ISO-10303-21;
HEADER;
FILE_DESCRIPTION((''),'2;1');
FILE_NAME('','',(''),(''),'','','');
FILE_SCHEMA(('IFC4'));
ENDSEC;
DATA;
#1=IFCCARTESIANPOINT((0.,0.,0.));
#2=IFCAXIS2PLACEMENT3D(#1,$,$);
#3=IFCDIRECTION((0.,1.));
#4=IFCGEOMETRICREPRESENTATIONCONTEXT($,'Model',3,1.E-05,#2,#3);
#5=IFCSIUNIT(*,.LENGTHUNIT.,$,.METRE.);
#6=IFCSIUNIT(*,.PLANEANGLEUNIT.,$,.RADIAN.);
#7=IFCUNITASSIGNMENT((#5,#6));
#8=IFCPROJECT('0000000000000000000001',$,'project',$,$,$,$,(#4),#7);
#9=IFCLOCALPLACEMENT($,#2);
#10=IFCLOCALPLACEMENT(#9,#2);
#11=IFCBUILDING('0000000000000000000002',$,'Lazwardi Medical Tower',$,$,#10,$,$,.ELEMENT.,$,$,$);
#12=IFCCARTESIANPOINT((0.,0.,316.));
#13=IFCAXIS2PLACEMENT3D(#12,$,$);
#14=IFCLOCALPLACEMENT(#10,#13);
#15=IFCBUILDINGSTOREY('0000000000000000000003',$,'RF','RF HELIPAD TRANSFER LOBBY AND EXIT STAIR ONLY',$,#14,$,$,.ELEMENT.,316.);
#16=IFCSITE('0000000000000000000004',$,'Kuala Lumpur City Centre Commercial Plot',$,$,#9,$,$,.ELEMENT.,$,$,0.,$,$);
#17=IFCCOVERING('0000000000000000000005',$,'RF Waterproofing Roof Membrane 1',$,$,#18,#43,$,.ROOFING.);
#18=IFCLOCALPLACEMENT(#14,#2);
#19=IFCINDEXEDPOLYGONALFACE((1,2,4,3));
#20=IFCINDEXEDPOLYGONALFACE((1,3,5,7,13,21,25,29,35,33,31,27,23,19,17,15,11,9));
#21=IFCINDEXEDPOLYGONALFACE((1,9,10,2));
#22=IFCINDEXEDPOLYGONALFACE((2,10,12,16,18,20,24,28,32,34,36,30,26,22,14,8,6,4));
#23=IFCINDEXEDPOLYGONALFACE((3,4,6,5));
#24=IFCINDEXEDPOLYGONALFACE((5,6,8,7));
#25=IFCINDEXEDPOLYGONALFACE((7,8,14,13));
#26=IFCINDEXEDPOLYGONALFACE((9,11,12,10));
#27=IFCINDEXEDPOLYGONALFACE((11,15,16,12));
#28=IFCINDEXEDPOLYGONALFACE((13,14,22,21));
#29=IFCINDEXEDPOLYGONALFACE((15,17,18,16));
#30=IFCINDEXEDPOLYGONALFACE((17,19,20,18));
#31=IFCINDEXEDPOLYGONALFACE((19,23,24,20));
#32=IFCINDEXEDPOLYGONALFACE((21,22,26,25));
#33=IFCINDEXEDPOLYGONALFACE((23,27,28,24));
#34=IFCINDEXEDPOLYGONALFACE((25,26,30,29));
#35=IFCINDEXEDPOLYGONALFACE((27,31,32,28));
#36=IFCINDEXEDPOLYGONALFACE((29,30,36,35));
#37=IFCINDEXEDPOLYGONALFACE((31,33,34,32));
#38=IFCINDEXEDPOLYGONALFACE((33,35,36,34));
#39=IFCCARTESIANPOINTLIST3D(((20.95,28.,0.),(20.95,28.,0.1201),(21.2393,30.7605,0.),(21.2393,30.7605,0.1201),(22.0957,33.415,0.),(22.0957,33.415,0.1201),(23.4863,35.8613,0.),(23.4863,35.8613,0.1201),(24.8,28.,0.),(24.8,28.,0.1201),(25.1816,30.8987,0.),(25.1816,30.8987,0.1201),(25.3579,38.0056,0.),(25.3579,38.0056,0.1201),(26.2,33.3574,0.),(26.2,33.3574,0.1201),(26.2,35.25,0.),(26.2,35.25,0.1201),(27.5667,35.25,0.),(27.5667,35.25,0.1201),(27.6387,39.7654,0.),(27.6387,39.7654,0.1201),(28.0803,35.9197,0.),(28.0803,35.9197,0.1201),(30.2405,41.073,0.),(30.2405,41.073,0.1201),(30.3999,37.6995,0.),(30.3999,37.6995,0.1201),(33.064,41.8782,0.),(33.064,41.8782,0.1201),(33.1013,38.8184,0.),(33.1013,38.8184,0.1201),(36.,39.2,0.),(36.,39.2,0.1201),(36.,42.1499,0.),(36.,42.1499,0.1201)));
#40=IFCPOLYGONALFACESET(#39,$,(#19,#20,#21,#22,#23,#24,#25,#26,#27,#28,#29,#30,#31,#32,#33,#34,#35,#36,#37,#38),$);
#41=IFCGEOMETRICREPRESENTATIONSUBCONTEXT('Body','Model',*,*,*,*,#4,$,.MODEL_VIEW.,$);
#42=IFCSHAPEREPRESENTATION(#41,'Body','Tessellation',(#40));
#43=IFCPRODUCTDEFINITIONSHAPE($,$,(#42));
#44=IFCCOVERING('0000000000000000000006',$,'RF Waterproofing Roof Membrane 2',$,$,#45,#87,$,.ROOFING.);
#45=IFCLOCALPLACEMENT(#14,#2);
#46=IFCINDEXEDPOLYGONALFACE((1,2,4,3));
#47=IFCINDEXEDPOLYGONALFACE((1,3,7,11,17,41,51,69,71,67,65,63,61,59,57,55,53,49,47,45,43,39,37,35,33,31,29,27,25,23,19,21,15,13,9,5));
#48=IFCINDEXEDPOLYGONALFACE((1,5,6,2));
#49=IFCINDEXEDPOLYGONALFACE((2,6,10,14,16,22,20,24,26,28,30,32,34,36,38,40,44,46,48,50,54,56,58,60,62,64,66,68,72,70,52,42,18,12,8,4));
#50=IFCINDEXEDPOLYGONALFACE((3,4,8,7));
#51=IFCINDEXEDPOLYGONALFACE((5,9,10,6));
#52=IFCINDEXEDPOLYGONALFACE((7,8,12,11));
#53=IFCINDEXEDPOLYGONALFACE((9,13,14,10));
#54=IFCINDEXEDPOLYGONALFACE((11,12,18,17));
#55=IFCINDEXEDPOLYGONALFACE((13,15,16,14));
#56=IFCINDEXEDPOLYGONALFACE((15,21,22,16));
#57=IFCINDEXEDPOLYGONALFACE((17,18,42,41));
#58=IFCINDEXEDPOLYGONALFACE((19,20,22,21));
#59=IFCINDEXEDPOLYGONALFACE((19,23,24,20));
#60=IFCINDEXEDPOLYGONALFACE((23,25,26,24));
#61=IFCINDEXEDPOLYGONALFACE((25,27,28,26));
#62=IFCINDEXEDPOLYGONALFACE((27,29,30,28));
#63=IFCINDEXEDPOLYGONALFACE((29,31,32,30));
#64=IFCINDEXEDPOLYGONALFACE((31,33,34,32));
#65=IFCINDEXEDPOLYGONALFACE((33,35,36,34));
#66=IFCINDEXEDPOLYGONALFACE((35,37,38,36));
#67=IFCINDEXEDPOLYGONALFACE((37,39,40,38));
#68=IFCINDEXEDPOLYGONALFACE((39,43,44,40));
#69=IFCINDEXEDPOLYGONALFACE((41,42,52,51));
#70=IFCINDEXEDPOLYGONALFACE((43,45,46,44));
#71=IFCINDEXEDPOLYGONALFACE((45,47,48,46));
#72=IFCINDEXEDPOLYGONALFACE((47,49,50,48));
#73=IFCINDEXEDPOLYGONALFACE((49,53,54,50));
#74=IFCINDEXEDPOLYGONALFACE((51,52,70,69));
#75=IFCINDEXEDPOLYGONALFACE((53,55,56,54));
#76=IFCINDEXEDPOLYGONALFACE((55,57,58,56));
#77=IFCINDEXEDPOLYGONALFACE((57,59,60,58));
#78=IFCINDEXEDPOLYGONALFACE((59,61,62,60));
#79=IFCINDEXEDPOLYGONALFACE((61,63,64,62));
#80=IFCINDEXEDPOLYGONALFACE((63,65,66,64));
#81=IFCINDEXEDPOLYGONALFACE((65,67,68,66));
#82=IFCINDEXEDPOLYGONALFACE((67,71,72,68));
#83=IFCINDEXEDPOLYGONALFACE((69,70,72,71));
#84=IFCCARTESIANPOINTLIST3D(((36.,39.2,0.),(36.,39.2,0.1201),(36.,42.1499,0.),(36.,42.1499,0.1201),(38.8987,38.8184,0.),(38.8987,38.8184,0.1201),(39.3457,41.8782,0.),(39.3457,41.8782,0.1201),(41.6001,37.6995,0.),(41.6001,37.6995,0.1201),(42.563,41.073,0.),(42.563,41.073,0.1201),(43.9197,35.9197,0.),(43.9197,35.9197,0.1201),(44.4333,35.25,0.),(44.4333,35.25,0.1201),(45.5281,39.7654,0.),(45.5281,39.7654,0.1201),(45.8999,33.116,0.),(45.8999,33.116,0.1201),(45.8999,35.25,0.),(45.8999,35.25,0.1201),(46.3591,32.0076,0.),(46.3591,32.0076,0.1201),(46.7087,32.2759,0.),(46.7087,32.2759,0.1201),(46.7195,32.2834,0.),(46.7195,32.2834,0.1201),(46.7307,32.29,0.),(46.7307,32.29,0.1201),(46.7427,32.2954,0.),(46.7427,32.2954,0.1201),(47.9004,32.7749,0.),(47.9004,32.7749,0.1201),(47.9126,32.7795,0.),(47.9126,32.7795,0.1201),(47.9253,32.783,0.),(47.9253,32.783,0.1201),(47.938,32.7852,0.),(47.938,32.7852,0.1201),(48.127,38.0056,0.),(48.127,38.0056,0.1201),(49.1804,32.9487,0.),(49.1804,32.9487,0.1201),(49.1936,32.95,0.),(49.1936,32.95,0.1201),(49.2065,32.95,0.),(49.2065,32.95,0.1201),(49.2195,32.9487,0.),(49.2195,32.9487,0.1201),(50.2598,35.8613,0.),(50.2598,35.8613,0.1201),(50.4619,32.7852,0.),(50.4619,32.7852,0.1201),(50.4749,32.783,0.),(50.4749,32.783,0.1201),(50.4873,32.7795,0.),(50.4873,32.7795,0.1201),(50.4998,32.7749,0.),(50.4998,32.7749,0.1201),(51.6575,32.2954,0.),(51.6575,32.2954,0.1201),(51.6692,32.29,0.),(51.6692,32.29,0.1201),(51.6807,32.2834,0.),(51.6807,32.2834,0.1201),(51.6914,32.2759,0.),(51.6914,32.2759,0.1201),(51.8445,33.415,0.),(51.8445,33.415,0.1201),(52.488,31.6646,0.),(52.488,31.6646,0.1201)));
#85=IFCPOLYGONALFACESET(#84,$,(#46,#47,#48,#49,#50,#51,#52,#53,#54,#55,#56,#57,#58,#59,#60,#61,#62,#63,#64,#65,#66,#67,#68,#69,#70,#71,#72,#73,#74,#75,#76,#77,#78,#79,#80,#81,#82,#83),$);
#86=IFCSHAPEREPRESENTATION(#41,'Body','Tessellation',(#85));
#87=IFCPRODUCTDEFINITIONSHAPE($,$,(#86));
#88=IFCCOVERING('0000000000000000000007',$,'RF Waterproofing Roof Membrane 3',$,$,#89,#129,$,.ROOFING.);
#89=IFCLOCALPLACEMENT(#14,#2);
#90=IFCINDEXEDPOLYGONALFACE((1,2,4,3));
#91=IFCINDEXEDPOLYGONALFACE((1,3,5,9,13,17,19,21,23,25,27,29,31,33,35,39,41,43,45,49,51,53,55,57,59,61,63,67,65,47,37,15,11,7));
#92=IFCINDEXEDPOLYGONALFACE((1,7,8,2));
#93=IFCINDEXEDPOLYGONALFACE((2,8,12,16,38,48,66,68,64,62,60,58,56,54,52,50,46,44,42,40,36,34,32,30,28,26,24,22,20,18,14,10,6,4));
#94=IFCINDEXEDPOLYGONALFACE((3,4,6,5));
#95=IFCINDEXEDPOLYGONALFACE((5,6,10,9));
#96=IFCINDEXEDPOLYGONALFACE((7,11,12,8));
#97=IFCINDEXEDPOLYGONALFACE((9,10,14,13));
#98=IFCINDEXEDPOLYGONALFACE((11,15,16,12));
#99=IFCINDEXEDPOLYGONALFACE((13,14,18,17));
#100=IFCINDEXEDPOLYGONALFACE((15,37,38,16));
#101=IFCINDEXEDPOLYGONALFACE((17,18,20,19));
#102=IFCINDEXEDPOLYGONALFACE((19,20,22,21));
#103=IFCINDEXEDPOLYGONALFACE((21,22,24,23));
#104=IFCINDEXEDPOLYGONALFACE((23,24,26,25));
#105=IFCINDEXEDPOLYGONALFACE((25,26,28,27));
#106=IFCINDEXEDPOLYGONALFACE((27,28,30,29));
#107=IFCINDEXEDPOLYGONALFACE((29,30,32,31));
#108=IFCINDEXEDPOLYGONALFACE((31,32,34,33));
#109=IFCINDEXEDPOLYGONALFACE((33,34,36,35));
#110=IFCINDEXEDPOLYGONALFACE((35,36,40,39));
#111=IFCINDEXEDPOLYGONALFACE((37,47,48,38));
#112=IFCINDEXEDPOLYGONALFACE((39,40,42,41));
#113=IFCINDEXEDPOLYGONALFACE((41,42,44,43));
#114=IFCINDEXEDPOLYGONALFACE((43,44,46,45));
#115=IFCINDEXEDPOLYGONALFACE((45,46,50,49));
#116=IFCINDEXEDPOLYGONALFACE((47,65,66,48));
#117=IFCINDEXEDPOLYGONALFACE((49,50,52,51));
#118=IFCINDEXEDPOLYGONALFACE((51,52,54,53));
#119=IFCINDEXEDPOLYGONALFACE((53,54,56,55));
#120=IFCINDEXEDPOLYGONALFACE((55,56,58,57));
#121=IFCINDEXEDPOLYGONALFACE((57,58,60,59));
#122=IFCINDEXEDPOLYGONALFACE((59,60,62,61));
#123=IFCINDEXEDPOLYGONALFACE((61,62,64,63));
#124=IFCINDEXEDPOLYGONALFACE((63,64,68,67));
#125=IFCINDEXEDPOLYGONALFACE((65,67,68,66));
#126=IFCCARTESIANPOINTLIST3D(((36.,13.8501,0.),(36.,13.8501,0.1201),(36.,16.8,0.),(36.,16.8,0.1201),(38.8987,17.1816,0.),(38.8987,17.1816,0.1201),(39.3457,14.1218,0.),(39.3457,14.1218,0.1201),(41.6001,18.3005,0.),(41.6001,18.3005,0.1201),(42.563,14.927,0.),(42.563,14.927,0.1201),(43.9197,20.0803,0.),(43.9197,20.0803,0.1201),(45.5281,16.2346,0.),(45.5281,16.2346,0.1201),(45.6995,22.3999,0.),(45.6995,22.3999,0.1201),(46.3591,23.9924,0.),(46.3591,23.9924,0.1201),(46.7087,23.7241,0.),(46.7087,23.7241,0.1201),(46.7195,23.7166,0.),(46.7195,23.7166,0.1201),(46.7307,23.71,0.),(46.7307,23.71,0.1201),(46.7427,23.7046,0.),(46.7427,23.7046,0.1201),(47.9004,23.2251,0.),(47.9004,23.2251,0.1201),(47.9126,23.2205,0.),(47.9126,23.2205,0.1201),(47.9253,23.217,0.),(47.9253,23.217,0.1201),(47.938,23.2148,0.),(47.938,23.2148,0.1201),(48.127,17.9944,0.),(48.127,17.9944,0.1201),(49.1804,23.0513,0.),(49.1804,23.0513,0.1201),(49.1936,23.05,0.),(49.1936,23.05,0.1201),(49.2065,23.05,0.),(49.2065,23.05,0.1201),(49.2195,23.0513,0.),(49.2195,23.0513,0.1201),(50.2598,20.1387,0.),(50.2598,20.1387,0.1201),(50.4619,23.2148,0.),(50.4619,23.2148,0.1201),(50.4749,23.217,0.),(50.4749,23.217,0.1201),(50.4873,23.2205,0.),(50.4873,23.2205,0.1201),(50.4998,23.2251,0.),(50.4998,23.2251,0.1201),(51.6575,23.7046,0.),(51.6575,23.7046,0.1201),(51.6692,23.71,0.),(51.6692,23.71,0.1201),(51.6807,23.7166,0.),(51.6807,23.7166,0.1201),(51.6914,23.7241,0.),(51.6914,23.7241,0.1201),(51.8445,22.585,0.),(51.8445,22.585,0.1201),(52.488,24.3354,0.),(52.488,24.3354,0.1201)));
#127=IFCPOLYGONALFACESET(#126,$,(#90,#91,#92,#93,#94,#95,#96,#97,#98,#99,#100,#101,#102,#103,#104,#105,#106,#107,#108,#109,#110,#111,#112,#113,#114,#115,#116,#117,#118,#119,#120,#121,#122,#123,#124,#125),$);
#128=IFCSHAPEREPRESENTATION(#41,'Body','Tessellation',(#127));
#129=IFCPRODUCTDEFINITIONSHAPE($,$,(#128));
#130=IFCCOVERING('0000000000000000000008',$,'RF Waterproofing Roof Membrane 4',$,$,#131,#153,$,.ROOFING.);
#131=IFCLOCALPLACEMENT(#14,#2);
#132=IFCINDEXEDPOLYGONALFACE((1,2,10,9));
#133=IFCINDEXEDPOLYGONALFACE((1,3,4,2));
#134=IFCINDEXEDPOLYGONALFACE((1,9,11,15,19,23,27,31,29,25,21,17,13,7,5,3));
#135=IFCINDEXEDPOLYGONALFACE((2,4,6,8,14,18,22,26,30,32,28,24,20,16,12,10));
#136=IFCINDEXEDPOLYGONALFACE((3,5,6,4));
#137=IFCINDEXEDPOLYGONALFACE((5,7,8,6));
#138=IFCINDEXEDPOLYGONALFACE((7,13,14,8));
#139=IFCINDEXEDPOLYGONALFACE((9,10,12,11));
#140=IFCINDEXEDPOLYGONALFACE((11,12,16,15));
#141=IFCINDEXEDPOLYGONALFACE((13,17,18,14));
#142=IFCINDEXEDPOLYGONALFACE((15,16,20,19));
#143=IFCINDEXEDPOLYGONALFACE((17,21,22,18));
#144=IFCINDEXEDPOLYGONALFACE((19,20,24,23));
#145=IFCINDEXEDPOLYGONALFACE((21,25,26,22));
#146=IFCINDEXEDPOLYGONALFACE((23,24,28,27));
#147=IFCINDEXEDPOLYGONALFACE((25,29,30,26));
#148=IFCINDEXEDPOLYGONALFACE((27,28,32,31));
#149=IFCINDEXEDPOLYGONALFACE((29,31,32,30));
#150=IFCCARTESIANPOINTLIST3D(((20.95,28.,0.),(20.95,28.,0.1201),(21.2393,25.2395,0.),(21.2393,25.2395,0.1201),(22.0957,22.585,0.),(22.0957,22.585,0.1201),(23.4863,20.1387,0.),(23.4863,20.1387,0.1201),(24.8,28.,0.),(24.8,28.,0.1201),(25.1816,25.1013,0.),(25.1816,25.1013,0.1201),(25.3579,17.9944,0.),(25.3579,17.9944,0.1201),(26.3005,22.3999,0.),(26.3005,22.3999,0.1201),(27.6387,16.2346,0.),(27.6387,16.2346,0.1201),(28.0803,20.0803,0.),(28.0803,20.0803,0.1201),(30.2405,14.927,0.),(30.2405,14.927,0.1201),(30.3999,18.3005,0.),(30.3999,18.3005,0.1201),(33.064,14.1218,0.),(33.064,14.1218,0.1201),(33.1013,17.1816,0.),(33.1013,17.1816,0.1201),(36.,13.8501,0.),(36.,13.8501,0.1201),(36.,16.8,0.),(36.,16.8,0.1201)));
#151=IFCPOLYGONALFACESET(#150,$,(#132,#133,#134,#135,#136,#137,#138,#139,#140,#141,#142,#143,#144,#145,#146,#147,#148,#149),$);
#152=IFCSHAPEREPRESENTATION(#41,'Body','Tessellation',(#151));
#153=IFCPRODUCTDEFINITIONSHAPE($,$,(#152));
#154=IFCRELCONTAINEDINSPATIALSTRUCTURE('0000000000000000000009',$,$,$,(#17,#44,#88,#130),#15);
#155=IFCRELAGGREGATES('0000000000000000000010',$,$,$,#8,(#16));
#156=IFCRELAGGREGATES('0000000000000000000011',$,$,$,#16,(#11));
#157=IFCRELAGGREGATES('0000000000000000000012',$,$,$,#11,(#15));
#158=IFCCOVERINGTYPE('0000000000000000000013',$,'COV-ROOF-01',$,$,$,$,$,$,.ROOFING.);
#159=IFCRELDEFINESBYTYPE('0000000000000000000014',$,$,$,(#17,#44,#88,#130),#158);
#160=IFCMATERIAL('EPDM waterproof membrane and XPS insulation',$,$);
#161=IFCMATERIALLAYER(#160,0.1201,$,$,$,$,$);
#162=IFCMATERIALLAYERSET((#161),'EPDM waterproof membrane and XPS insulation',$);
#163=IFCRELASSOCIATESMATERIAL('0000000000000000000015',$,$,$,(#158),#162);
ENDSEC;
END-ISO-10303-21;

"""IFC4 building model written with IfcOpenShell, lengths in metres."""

from ifc_helpers import new_model, si_unit, direction, frame, origin, place, context, subcontext, project, spatial, polyline, outline, extrude, material, layer, layer_set, type_object, element, save


model = new_model("IFC4")

# Units and contexts
model_context = context("Model", 3, precision=1e-05, world=origin(), true_north=direction((0.0, 1.0)))
body_context = subcontext(model_context, "Body", "Model", "MODEL_VIEW")
ifc_project = project(units=[si_unit("LENGTHUNIT", "METRE"), si_unit("PLANEANGLEUNIT", "RADIAN")], contexts=[model_context])

# Site, building, storey
site_placement = place(None, origin())
site = spatial("IfcSite", under=ifc_project, at=site_placement, Name="Kuala Lumpur City Centre Commercial Plot", CompositionType="ELEMENT", RefElevation=0.0)
building_placement = place(site_placement, origin())
building = spatial("IfcBuilding", under=site, at=building_placement, Name="Lazwardi Medical Tower", CompositionType="ELEMENT")
storey_placement = place(building_placement, frame((0.0, 0.0, 316.0)))
storey = spatial("IfcBuildingStorey", under=building, at=storey_placement, Name="RF", Description="RF HELIPAD TRANSFER LOBBY AND EXIT STAIR ONLY", CompositionType="ELEMENT", Elevation=316.0)

# Coverings
ifc_material_1 = material(Name="EPDM waterproof membrane and XPS insulation")
ifc_layer_1 = layer(ifc_material_1, 0.1201)
ifc_layer_set_1 = layer_set([ifc_layer_1], Name="EPDM waterproof membrane and XPS insulation")
covering_type = type_object("IfcCoveringType", Name="COV-ROOF-01", PredefinedType="ROOFING", material=ifc_layer_set_1)
covering_1_placement = place(storey_placement, origin())
element("IfcCovering", 1, at=covering_1_placement, inside=storey, type_object=covering_type, Name="RF Waterproofing Roof Membrane 1", PredefinedType="ROOFING", context=body_context, shape_type="SweptSolid", body=[
    extrude(outline(polyline([(20.95, 28.0), (24.8, 28.0), (25.1816, 30.8987), (26.2, 33.3574), (26.2, 35.25), (27.5667, 35.25), (28.0803, 35.9197), (30.3999, 37.6995), (33.1013, 38.8184), (36.0, 39.2), (36.0, 42.1499), (33.064, 41.8782), (30.2405, 41.073), (27.6387, 39.7654), (25.3579, 38.0056), (23.4863, 35.8613), (22.0957, 33.415), (21.2393, 30.7605), (20.95, 28.0)])), origin(), (0.0, 0.0, 1.0), 0.1201),
])
covering_2_placement = place(storey_placement, origin())
element("IfcCovering", 2, at=covering_2_placement, inside=storey, type_object=covering_type, Name="RF Waterproofing Roof Membrane 2", PredefinedType="ROOFING", context=body_context, shape_type="SweptSolid", body=[
    extrude(outline(polyline([(36.0, 42.1499), (36.0, 39.2), (38.8987, 38.8184), (41.6001, 37.6995), (43.9197, 35.9197), (44.4333, 35.25), (45.8999, 35.25), (45.8999, 33.116), (46.3591, 32.0076), (46.7087, 32.2759), (46.7195, 32.2834), (46.7307, 32.29), (46.7427, 32.2954), (47.9004, 32.7749), (47.9126, 32.7795), (47.9253, 32.783), (47.938, 32.7852), (49.1804, 32.9487), (49.1936, 32.95), (49.2065, 32.95), (49.2195, 32.9487), (50.4619, 32.7852), (50.4749, 32.783), (50.4873, 32.7795), (50.4998, 32.7749), (51.6575, 32.2954), (51.6692, 32.29), (51.6807, 32.2834), (51.6914, 32.2759), (52.488, 31.6646), (51.8445, 33.415), (50.2598, 35.8613), (48.127, 38.0056), (45.5281, 39.7654), (42.563, 41.073), (39.3457, 41.8782), (36.0, 42.1499)])), origin(), (0.0, 0.0, 1.0), 0.1201),
])
covering_3_placement = place(storey_placement, origin())
element("IfcCovering", 3, at=covering_3_placement, inside=storey, type_object=covering_type, Name="RF Waterproofing Roof Membrane 3", PredefinedType="ROOFING", context=body_context, shape_type="SweptSolid", body=[
    extrude(outline(polyline([(51.8445, 22.585), (52.488, 24.3354), (51.6914, 23.7241), (51.6807, 23.7166), (51.6692, 23.71), (51.6575, 23.7046), (50.4998, 23.2251), (50.4873, 23.2205), (50.4749, 23.217), (50.4619, 23.2148), (49.2195, 23.0513), (49.2065, 23.05), (49.1936, 23.05), (49.1804, 23.0513), (47.938, 23.2148), (47.9253, 23.217), (47.9126, 23.2205), (47.9004, 23.2251), (46.7427, 23.7046), (46.7307, 23.71), (46.7195, 23.7166), (46.7087, 23.7241), (46.3591, 23.9924), (45.6995, 22.3999), (43.9197, 20.0803), (41.6001, 18.3005), (38.8987, 17.1816), (36.0, 16.8), (36.0, 13.8501), (39.3457, 14.1218), (42.563, 14.927), (45.5281, 16.2346), (48.127, 17.9944), (50.2598, 20.1387), (51.8445, 22.585)])), origin(), (0.0, 0.0, 1.0), 0.1201),
])
covering_4_placement = place(storey_placement, origin())
element("IfcCovering", 4, at=covering_4_placement, inside=storey, type_object=covering_type, Name="RF Waterproofing Roof Membrane 4", PredefinedType="ROOFING", context=body_context, shape_type="SweptSolid", body=[
    extrude(outline(polyline([(36.0, 13.8501), (36.0, 16.8), (33.1013, 17.1816), (30.3999, 18.3005), (28.0803, 20.0803), (26.3005, 22.3999), (25.1816, 25.1013), (24.8, 28.0), (20.95, 28.0), (21.2393, 25.2395), (22.0957, 22.585), (23.4863, 20.1387), (25.3579, 17.9944), (27.6387, 16.2346), (30.2405, 14.927), (33.064, 14.1218), (36.0, 13.8501)])), origin(), (0.0, 0.0, 1.0), 0.1201),
])

save(model, "model.ifc")
